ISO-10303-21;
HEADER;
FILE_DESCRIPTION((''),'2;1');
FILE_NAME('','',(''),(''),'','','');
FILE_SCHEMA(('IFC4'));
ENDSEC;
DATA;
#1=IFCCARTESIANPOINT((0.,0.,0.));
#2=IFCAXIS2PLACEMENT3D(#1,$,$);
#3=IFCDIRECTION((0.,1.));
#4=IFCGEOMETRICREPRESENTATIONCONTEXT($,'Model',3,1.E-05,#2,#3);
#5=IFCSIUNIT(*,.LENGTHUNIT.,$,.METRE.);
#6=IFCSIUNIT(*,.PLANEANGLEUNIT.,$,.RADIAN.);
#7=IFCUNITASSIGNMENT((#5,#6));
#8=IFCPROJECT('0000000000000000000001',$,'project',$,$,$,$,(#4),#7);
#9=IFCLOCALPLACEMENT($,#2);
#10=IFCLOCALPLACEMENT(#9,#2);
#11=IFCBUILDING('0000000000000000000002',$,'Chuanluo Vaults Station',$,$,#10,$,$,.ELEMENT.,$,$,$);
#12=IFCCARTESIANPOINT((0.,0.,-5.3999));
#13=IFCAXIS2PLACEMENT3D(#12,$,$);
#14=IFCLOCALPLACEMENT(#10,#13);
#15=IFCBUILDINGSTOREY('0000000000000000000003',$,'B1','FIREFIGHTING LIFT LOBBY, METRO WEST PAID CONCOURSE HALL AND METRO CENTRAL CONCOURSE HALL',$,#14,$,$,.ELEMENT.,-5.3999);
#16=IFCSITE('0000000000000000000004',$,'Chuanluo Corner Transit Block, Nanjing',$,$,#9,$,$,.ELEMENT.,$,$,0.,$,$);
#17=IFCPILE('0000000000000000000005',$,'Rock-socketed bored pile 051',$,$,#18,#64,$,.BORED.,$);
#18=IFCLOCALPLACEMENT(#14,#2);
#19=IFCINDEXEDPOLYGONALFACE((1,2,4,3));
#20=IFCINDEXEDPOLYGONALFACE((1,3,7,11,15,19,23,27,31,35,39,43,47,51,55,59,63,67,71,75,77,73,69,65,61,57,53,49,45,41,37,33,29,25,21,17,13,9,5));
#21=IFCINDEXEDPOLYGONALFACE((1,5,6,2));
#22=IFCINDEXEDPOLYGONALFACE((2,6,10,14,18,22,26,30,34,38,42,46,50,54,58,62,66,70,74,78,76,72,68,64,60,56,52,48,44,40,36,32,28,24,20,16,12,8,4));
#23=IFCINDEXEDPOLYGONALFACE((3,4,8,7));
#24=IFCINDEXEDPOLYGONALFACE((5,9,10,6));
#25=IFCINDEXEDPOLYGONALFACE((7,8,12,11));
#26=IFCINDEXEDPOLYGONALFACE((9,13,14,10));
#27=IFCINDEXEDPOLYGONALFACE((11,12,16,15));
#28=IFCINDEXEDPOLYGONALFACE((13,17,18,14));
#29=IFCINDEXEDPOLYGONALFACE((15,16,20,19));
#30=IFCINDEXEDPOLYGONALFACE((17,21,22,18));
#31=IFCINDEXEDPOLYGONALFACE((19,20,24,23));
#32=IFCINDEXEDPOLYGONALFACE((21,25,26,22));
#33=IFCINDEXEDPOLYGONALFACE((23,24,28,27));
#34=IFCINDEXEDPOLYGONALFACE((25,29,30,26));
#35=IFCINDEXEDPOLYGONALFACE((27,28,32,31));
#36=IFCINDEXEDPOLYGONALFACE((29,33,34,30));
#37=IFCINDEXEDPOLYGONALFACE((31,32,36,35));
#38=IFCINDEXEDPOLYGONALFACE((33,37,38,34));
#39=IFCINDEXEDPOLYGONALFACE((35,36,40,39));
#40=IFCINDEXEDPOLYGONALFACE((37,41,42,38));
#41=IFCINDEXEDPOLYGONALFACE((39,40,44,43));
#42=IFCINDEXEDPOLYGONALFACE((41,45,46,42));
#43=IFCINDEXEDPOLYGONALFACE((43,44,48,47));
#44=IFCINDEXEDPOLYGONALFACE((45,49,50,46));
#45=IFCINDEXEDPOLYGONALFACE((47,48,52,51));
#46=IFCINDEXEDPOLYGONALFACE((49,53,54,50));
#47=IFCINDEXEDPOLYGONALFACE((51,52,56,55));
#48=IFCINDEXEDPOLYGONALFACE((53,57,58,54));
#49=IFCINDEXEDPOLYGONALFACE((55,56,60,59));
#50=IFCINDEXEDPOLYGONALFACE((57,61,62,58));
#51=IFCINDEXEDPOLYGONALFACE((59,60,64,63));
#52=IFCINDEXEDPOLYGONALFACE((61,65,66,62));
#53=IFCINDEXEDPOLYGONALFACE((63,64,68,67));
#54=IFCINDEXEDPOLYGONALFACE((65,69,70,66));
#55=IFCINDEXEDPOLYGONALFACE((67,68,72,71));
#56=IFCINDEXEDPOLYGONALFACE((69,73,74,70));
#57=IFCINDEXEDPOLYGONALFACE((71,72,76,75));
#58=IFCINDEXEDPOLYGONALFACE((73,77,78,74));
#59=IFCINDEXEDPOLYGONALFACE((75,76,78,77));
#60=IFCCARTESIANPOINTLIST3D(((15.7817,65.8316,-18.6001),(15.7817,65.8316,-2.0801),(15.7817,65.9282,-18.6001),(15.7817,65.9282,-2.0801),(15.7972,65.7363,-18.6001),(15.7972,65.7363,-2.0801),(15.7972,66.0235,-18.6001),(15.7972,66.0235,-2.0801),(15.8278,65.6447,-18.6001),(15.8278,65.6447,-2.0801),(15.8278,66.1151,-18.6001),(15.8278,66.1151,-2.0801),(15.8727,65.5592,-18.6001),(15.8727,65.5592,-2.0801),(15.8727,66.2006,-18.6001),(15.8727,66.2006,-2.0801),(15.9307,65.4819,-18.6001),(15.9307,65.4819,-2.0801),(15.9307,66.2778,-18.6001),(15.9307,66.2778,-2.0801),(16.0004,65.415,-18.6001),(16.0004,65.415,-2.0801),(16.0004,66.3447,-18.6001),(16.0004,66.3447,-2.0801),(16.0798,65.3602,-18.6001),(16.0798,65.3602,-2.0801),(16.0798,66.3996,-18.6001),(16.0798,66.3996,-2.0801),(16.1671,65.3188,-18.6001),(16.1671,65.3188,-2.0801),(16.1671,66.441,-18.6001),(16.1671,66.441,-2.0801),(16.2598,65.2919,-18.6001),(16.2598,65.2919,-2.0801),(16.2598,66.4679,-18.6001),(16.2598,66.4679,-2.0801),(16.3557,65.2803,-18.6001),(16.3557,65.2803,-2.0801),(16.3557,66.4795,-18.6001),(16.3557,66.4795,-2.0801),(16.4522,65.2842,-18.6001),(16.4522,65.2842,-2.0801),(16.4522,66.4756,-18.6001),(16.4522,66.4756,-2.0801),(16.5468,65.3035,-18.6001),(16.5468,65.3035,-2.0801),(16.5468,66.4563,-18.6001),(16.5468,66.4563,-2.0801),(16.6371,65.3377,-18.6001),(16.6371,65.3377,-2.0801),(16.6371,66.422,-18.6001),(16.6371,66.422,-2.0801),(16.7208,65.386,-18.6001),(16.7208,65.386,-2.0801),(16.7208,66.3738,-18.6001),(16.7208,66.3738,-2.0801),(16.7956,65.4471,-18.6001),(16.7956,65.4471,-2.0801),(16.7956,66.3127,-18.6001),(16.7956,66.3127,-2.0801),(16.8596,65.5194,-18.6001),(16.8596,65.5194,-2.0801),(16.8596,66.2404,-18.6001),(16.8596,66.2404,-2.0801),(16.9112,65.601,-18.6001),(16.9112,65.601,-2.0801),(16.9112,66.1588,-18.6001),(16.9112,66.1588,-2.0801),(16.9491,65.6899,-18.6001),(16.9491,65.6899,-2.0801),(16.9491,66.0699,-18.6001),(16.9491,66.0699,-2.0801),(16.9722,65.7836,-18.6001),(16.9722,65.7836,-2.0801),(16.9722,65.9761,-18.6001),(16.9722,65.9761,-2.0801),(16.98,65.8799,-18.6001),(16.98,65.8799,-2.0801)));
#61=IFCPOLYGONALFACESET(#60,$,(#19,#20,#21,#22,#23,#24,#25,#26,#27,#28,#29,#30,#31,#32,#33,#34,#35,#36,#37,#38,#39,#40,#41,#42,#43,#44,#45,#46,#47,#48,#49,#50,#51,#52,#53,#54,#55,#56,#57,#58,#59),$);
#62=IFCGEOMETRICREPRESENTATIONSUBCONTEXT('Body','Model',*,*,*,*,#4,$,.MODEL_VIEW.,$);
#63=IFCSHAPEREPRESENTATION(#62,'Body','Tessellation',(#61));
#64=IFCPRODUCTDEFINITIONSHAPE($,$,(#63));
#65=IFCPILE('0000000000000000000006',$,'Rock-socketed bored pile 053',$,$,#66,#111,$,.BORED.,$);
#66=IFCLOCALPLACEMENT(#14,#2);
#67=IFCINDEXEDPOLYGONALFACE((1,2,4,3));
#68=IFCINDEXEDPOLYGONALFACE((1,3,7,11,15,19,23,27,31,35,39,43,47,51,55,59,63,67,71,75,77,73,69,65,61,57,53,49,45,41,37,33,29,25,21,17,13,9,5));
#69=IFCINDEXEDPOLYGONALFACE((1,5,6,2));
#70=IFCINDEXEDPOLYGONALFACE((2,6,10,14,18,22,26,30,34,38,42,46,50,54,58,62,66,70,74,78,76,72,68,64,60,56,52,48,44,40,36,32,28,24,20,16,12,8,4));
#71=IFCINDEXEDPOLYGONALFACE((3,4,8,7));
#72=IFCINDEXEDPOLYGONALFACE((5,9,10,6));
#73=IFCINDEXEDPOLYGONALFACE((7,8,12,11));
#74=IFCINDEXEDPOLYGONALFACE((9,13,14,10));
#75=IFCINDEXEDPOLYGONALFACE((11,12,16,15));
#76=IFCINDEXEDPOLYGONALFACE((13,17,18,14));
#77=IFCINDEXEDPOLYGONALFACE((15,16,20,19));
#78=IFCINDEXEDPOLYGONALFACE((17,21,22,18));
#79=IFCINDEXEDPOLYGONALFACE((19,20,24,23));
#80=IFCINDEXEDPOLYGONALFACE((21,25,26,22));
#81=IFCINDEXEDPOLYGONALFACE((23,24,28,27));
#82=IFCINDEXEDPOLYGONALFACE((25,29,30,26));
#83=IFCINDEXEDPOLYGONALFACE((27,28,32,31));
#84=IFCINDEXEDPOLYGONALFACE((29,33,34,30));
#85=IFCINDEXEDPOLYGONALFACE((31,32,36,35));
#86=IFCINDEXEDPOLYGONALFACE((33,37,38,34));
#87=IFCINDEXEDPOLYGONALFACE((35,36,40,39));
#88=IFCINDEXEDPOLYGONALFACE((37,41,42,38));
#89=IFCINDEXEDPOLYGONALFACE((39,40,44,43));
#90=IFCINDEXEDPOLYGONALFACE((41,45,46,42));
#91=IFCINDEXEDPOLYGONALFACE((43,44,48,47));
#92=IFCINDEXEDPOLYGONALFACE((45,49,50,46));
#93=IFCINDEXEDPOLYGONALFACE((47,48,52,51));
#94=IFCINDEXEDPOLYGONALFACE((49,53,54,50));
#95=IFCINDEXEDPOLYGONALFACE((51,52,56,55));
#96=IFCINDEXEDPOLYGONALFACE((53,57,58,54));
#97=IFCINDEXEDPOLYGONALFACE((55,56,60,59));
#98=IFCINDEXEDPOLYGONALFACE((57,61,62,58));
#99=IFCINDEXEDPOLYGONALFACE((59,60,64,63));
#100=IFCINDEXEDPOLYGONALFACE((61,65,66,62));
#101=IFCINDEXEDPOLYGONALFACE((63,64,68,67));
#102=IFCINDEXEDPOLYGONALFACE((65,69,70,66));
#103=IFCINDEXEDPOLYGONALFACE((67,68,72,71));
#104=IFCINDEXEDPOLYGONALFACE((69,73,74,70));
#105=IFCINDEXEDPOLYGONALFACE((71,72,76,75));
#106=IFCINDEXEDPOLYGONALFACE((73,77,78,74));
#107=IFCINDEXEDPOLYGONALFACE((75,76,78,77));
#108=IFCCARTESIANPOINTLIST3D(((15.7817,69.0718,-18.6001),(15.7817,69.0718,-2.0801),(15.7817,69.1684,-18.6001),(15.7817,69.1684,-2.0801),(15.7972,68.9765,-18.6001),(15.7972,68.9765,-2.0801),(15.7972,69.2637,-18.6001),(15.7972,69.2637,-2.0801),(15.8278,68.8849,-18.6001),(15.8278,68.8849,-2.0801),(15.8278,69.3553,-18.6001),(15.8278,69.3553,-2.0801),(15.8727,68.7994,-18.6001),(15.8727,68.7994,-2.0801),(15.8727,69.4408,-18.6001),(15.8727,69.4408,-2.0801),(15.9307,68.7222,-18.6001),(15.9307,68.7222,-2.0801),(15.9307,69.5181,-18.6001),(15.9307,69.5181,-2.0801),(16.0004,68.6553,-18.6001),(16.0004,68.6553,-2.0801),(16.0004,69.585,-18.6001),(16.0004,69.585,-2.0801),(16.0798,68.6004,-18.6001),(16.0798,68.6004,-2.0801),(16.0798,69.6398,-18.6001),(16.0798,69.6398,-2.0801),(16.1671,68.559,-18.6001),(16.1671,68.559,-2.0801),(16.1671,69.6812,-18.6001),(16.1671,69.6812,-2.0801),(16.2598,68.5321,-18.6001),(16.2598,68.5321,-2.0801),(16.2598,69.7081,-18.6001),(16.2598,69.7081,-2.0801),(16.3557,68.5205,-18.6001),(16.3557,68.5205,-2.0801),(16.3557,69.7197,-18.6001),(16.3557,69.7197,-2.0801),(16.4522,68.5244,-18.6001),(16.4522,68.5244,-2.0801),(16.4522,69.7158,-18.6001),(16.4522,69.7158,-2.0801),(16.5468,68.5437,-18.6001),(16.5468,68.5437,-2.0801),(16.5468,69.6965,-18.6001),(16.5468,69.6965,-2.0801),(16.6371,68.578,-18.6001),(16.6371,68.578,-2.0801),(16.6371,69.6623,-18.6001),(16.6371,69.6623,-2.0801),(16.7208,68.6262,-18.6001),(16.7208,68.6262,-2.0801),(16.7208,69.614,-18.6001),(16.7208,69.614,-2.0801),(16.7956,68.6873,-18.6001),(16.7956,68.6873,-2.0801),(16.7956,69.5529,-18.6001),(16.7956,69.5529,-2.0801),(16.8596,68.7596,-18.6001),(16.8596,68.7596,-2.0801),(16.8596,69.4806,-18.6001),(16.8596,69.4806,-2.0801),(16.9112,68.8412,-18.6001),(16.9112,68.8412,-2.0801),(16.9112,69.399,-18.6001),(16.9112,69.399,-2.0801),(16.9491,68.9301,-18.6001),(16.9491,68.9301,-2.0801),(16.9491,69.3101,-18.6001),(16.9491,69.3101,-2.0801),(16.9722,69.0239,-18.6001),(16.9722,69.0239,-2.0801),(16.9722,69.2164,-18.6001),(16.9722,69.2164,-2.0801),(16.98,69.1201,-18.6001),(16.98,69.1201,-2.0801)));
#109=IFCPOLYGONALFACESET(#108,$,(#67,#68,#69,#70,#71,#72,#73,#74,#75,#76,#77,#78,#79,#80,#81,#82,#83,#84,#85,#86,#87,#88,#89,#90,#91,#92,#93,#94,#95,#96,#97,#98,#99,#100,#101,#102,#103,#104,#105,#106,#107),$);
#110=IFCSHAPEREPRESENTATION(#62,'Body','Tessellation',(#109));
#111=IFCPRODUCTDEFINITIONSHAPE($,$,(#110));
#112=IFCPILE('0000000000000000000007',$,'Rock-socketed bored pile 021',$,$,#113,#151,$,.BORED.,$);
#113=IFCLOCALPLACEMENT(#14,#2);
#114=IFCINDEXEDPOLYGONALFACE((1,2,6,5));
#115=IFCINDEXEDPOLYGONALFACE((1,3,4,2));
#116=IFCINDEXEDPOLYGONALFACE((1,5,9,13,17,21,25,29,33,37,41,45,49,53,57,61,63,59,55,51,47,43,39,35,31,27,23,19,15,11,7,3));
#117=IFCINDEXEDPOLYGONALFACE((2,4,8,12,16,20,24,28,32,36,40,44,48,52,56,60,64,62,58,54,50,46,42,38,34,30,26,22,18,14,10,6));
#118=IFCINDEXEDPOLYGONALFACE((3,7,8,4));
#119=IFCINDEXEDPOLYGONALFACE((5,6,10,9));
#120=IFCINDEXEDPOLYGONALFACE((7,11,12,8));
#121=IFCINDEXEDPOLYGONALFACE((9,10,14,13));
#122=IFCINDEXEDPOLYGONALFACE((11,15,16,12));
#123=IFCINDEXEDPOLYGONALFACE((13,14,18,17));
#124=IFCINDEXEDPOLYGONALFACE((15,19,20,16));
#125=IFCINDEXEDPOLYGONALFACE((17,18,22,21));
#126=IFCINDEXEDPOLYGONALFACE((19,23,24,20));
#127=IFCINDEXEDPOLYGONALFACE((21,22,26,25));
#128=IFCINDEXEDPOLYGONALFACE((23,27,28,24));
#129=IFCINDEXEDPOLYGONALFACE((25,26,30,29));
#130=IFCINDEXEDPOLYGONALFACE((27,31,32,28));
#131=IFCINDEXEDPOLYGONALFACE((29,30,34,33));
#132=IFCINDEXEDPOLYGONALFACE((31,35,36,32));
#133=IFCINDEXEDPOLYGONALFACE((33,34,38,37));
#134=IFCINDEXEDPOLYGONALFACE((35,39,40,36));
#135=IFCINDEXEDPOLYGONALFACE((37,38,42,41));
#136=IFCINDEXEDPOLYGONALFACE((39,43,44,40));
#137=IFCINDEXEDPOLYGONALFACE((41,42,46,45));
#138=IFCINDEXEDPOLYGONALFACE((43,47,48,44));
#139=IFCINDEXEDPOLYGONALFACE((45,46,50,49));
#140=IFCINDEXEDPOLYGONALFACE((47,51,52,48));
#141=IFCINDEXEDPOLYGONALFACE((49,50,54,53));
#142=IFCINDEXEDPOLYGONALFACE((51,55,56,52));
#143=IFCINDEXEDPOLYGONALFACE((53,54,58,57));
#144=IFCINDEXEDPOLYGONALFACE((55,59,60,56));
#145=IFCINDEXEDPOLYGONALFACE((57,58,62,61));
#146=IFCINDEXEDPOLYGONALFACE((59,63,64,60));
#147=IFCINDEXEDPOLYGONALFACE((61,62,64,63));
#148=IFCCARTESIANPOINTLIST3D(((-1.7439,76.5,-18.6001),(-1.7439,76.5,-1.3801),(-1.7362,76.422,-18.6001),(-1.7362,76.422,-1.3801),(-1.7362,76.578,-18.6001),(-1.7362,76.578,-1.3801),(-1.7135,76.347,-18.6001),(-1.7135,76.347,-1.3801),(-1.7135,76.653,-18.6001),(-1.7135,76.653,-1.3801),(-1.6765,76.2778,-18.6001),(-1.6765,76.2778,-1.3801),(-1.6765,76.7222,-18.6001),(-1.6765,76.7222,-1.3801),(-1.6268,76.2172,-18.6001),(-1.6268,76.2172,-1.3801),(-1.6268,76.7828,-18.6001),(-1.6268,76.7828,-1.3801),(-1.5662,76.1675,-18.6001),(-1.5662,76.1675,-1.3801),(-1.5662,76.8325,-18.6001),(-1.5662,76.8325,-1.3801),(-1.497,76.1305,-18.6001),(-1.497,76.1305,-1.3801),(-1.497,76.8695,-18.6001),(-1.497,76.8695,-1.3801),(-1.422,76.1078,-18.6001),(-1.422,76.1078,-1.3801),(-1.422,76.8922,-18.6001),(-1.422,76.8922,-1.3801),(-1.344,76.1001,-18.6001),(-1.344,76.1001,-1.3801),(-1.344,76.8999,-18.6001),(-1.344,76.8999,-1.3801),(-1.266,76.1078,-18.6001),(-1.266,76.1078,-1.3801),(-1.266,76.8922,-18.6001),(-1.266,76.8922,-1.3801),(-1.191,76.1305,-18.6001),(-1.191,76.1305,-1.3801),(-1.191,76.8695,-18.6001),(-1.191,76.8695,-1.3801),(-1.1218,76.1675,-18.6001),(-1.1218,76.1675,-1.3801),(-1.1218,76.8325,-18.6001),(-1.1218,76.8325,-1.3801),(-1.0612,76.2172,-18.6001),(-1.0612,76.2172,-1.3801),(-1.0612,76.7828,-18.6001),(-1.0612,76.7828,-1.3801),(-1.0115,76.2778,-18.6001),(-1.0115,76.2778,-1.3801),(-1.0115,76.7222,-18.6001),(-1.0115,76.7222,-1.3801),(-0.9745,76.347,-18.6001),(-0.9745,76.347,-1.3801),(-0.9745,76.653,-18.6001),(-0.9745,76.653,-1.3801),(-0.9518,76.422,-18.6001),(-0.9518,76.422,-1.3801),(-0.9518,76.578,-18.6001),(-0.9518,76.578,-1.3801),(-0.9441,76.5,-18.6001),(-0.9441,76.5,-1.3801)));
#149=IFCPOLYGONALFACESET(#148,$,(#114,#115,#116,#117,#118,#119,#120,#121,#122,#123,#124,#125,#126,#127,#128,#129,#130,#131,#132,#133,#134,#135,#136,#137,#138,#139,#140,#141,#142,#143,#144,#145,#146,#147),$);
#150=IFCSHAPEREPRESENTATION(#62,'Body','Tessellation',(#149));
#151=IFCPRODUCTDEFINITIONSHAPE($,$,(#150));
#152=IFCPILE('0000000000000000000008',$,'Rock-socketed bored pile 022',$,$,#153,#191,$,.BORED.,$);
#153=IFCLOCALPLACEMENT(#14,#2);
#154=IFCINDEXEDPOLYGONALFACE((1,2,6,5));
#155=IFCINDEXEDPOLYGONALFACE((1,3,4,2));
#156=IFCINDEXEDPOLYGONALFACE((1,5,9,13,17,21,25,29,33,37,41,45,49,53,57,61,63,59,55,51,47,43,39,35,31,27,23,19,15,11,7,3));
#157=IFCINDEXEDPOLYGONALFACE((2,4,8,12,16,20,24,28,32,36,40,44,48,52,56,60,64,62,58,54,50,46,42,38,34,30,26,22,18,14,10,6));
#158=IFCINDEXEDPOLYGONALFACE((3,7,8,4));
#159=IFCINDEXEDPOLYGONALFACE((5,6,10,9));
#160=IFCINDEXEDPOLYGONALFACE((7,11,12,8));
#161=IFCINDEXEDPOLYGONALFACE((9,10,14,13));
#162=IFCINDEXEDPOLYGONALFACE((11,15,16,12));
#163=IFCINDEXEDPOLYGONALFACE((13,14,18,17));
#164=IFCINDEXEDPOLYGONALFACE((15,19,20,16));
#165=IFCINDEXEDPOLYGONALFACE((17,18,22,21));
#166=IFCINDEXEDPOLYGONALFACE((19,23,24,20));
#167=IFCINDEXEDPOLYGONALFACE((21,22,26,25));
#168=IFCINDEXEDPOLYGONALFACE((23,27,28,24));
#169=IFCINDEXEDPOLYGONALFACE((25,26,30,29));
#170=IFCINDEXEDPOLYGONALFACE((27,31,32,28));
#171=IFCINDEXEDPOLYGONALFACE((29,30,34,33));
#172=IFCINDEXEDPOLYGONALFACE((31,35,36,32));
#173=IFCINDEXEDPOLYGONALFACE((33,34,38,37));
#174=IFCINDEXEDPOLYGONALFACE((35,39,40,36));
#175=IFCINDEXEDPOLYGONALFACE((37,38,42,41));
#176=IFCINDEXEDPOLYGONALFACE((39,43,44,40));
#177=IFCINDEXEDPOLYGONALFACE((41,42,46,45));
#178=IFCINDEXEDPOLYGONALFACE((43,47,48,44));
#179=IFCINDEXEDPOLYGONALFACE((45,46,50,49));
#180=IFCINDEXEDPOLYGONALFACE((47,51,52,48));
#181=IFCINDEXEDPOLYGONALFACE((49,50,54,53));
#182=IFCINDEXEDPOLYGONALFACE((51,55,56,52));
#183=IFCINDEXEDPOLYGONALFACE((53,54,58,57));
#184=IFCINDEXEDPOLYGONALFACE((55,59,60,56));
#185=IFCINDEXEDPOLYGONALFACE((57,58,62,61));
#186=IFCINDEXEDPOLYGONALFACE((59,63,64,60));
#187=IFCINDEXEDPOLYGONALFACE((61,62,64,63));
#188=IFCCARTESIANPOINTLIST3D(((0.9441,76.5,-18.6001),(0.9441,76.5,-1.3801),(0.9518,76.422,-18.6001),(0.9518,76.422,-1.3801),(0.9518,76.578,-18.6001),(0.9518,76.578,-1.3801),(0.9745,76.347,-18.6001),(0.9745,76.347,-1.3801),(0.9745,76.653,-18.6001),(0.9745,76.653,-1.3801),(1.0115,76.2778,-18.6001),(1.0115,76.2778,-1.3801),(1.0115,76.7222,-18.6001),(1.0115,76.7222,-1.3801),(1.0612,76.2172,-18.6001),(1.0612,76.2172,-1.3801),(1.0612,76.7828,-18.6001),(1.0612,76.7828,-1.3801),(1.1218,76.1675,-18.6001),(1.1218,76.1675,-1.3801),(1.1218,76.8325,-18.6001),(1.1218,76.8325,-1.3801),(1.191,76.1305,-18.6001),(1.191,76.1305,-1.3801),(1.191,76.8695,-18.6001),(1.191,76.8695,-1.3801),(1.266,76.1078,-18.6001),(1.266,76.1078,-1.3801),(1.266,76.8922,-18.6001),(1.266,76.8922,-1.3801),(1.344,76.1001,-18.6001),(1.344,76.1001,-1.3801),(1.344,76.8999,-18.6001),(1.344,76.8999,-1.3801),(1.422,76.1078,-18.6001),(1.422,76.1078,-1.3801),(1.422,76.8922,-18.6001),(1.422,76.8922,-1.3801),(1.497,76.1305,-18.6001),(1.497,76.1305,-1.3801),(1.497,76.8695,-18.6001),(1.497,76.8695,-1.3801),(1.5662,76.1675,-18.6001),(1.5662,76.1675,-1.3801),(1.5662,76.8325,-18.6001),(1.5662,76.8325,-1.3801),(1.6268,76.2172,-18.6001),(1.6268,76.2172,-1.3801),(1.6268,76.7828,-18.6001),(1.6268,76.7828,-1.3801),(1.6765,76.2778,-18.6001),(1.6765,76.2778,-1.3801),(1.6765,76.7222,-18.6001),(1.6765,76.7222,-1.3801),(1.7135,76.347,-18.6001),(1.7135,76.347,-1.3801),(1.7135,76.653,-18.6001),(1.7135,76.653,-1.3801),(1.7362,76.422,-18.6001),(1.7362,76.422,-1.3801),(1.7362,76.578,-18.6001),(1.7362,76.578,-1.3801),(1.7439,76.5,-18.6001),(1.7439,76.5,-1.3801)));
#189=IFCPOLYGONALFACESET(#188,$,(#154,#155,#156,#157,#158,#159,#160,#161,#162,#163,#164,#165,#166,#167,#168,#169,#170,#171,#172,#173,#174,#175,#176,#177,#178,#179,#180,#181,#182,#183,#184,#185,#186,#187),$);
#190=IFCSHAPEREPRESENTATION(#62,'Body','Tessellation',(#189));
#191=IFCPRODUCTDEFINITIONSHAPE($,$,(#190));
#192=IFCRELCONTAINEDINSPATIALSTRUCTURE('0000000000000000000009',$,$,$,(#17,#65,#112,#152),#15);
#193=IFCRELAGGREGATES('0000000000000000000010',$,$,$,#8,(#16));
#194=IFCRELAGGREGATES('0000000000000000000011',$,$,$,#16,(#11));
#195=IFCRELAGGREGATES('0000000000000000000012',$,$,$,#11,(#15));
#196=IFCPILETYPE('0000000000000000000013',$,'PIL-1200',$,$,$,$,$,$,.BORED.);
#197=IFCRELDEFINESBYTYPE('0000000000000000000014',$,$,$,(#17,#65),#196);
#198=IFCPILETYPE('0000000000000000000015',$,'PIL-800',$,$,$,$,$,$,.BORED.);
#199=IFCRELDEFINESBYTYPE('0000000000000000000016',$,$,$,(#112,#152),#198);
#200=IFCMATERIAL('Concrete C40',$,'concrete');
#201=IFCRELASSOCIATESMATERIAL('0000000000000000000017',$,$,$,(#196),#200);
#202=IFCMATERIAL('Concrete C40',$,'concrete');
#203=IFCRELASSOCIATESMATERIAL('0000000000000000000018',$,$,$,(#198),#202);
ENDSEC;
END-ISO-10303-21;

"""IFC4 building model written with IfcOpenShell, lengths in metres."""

from ifc_helpers import new_model, si_unit, direction, frame, origin, origin_2d, place, context, subcontext, project, spatial, circle, extrude, material, material_profile, profile_set, type_object, element, save


model = new_model("IFC4")

# Units and contexts
model_context = context("Model", 3, precision=1e-05, world=origin(), true_north=direction((0.0, 1.0)))
body_context = subcontext(model_context, "Body", "Model", "MODEL_VIEW")
ifc_project = project(units=[si_unit("LENGTHUNIT", "METRE"), si_unit("PLANEANGLEUNIT", "RADIAN")], contexts=[model_context])

# Site, building, storey
site_placement = place(None, origin())
site = spatial("IfcSite", under=ifc_project, at=site_placement, Name="Chuanluo Corner Transit Block, Nanjing", CompositionType="ELEMENT", RefElevation=0.0)
building_placement = place(site_placement, origin())
building = spatial("IfcBuilding", under=site, at=building_placement, Name="Chuanluo Vaults Station", CompositionType="ELEMENT")
storey_placement = place(building_placement, frame((0.0, 0.0, -5.3999)))
storey = spatial("IfcBuildingStorey", under=building, at=storey_placement, Name="B1", Description="FIREFIGHTING LIFT LOBBY, METRO WEST PAID CONCOURSE HALL AND METRO CENTRAL CONCOURSE HALL", CompositionType="ELEMENT", Elevation=-5.3999)

# Piles
ifc_material_1 = material(Name="Concrete C40", Category="concrete")
ifc_material_profile_1 = material_profile(ifc_material_1, circle(Radius=0.6001, at=origin_2d()))
ifc_profile_set_1 = profile_set([ifc_material_profile_1], Name="Concrete C40")
pile_type_1 = type_object("IfcPileType", Name="PIL-1200", PredefinedType="BORED", material=ifc_profile_set_1)
for number, where, z_axis, x_axis, name in (
    (1, (16.3799, 65.8799, -2.0801), (0.0, 0.0, -1.0), (1.0, 0.0, 0.0), "Rock-socketed bored pile 051"),
    (2, (16.3799, 69.1201, -2.0801), (0.0, 0.0, -1.0), (1.0, 0.0, 0.0), "Rock-socketed bored pile 053"),
):
    element("IfcPile", number, at=place(storey_placement, frame(where, z_axis=z_axis, x_axis=x_axis)), inside=storey, type_object=pile_type_1, Name=name, PredefinedType="BORED", context=body_context, shape_type="SweptSolid", body=[
        extrude(circle(Radius=0.6001, at=origin_2d()), origin(), (0.0, 0.0, 1.0), 16.52),
    ])
ifc_material_2 = material(Name="Concrete C40", Category="concrete")
ifc_material_profile_2 = material_profile(ifc_material_2, circle(Radius=0.3999, at=origin_2d()))
ifc_profile_set_2 = profile_set([ifc_material_profile_2], Name="Concrete C40")
pile_type_2 = type_object("IfcPileType", Name="PIL-800", PredefinedType="BORED", material=ifc_profile_set_2)
for number, where, z_axis, x_axis, name in (
    (3, (-1.344, 76.5, -1.3801), (0.0, 0.0, -1.0), (1.0, 0.0, 0.0), "Rock-socketed bored pile 021"),
    (4, (1.344, 76.5, -1.3801), (0.0, 0.0, -1.0), (1.0, 0.0, 0.0), "Rock-socketed bored pile 022"),
):
    element("IfcPile", number, at=place(storey_placement, frame(where, z_axis=z_axis, x_axis=x_axis)), inside=storey, type_object=pile_type_2, Name=name, PredefinedType="BORED", context=body_context, shape_type="SweptSolid", body=[
        extrude(circle(Radius=0.3999, at=origin_2d()), origin(), (0.0, 0.0, 1.0), 17.22),
    ])

save(model, "model.ifc")
